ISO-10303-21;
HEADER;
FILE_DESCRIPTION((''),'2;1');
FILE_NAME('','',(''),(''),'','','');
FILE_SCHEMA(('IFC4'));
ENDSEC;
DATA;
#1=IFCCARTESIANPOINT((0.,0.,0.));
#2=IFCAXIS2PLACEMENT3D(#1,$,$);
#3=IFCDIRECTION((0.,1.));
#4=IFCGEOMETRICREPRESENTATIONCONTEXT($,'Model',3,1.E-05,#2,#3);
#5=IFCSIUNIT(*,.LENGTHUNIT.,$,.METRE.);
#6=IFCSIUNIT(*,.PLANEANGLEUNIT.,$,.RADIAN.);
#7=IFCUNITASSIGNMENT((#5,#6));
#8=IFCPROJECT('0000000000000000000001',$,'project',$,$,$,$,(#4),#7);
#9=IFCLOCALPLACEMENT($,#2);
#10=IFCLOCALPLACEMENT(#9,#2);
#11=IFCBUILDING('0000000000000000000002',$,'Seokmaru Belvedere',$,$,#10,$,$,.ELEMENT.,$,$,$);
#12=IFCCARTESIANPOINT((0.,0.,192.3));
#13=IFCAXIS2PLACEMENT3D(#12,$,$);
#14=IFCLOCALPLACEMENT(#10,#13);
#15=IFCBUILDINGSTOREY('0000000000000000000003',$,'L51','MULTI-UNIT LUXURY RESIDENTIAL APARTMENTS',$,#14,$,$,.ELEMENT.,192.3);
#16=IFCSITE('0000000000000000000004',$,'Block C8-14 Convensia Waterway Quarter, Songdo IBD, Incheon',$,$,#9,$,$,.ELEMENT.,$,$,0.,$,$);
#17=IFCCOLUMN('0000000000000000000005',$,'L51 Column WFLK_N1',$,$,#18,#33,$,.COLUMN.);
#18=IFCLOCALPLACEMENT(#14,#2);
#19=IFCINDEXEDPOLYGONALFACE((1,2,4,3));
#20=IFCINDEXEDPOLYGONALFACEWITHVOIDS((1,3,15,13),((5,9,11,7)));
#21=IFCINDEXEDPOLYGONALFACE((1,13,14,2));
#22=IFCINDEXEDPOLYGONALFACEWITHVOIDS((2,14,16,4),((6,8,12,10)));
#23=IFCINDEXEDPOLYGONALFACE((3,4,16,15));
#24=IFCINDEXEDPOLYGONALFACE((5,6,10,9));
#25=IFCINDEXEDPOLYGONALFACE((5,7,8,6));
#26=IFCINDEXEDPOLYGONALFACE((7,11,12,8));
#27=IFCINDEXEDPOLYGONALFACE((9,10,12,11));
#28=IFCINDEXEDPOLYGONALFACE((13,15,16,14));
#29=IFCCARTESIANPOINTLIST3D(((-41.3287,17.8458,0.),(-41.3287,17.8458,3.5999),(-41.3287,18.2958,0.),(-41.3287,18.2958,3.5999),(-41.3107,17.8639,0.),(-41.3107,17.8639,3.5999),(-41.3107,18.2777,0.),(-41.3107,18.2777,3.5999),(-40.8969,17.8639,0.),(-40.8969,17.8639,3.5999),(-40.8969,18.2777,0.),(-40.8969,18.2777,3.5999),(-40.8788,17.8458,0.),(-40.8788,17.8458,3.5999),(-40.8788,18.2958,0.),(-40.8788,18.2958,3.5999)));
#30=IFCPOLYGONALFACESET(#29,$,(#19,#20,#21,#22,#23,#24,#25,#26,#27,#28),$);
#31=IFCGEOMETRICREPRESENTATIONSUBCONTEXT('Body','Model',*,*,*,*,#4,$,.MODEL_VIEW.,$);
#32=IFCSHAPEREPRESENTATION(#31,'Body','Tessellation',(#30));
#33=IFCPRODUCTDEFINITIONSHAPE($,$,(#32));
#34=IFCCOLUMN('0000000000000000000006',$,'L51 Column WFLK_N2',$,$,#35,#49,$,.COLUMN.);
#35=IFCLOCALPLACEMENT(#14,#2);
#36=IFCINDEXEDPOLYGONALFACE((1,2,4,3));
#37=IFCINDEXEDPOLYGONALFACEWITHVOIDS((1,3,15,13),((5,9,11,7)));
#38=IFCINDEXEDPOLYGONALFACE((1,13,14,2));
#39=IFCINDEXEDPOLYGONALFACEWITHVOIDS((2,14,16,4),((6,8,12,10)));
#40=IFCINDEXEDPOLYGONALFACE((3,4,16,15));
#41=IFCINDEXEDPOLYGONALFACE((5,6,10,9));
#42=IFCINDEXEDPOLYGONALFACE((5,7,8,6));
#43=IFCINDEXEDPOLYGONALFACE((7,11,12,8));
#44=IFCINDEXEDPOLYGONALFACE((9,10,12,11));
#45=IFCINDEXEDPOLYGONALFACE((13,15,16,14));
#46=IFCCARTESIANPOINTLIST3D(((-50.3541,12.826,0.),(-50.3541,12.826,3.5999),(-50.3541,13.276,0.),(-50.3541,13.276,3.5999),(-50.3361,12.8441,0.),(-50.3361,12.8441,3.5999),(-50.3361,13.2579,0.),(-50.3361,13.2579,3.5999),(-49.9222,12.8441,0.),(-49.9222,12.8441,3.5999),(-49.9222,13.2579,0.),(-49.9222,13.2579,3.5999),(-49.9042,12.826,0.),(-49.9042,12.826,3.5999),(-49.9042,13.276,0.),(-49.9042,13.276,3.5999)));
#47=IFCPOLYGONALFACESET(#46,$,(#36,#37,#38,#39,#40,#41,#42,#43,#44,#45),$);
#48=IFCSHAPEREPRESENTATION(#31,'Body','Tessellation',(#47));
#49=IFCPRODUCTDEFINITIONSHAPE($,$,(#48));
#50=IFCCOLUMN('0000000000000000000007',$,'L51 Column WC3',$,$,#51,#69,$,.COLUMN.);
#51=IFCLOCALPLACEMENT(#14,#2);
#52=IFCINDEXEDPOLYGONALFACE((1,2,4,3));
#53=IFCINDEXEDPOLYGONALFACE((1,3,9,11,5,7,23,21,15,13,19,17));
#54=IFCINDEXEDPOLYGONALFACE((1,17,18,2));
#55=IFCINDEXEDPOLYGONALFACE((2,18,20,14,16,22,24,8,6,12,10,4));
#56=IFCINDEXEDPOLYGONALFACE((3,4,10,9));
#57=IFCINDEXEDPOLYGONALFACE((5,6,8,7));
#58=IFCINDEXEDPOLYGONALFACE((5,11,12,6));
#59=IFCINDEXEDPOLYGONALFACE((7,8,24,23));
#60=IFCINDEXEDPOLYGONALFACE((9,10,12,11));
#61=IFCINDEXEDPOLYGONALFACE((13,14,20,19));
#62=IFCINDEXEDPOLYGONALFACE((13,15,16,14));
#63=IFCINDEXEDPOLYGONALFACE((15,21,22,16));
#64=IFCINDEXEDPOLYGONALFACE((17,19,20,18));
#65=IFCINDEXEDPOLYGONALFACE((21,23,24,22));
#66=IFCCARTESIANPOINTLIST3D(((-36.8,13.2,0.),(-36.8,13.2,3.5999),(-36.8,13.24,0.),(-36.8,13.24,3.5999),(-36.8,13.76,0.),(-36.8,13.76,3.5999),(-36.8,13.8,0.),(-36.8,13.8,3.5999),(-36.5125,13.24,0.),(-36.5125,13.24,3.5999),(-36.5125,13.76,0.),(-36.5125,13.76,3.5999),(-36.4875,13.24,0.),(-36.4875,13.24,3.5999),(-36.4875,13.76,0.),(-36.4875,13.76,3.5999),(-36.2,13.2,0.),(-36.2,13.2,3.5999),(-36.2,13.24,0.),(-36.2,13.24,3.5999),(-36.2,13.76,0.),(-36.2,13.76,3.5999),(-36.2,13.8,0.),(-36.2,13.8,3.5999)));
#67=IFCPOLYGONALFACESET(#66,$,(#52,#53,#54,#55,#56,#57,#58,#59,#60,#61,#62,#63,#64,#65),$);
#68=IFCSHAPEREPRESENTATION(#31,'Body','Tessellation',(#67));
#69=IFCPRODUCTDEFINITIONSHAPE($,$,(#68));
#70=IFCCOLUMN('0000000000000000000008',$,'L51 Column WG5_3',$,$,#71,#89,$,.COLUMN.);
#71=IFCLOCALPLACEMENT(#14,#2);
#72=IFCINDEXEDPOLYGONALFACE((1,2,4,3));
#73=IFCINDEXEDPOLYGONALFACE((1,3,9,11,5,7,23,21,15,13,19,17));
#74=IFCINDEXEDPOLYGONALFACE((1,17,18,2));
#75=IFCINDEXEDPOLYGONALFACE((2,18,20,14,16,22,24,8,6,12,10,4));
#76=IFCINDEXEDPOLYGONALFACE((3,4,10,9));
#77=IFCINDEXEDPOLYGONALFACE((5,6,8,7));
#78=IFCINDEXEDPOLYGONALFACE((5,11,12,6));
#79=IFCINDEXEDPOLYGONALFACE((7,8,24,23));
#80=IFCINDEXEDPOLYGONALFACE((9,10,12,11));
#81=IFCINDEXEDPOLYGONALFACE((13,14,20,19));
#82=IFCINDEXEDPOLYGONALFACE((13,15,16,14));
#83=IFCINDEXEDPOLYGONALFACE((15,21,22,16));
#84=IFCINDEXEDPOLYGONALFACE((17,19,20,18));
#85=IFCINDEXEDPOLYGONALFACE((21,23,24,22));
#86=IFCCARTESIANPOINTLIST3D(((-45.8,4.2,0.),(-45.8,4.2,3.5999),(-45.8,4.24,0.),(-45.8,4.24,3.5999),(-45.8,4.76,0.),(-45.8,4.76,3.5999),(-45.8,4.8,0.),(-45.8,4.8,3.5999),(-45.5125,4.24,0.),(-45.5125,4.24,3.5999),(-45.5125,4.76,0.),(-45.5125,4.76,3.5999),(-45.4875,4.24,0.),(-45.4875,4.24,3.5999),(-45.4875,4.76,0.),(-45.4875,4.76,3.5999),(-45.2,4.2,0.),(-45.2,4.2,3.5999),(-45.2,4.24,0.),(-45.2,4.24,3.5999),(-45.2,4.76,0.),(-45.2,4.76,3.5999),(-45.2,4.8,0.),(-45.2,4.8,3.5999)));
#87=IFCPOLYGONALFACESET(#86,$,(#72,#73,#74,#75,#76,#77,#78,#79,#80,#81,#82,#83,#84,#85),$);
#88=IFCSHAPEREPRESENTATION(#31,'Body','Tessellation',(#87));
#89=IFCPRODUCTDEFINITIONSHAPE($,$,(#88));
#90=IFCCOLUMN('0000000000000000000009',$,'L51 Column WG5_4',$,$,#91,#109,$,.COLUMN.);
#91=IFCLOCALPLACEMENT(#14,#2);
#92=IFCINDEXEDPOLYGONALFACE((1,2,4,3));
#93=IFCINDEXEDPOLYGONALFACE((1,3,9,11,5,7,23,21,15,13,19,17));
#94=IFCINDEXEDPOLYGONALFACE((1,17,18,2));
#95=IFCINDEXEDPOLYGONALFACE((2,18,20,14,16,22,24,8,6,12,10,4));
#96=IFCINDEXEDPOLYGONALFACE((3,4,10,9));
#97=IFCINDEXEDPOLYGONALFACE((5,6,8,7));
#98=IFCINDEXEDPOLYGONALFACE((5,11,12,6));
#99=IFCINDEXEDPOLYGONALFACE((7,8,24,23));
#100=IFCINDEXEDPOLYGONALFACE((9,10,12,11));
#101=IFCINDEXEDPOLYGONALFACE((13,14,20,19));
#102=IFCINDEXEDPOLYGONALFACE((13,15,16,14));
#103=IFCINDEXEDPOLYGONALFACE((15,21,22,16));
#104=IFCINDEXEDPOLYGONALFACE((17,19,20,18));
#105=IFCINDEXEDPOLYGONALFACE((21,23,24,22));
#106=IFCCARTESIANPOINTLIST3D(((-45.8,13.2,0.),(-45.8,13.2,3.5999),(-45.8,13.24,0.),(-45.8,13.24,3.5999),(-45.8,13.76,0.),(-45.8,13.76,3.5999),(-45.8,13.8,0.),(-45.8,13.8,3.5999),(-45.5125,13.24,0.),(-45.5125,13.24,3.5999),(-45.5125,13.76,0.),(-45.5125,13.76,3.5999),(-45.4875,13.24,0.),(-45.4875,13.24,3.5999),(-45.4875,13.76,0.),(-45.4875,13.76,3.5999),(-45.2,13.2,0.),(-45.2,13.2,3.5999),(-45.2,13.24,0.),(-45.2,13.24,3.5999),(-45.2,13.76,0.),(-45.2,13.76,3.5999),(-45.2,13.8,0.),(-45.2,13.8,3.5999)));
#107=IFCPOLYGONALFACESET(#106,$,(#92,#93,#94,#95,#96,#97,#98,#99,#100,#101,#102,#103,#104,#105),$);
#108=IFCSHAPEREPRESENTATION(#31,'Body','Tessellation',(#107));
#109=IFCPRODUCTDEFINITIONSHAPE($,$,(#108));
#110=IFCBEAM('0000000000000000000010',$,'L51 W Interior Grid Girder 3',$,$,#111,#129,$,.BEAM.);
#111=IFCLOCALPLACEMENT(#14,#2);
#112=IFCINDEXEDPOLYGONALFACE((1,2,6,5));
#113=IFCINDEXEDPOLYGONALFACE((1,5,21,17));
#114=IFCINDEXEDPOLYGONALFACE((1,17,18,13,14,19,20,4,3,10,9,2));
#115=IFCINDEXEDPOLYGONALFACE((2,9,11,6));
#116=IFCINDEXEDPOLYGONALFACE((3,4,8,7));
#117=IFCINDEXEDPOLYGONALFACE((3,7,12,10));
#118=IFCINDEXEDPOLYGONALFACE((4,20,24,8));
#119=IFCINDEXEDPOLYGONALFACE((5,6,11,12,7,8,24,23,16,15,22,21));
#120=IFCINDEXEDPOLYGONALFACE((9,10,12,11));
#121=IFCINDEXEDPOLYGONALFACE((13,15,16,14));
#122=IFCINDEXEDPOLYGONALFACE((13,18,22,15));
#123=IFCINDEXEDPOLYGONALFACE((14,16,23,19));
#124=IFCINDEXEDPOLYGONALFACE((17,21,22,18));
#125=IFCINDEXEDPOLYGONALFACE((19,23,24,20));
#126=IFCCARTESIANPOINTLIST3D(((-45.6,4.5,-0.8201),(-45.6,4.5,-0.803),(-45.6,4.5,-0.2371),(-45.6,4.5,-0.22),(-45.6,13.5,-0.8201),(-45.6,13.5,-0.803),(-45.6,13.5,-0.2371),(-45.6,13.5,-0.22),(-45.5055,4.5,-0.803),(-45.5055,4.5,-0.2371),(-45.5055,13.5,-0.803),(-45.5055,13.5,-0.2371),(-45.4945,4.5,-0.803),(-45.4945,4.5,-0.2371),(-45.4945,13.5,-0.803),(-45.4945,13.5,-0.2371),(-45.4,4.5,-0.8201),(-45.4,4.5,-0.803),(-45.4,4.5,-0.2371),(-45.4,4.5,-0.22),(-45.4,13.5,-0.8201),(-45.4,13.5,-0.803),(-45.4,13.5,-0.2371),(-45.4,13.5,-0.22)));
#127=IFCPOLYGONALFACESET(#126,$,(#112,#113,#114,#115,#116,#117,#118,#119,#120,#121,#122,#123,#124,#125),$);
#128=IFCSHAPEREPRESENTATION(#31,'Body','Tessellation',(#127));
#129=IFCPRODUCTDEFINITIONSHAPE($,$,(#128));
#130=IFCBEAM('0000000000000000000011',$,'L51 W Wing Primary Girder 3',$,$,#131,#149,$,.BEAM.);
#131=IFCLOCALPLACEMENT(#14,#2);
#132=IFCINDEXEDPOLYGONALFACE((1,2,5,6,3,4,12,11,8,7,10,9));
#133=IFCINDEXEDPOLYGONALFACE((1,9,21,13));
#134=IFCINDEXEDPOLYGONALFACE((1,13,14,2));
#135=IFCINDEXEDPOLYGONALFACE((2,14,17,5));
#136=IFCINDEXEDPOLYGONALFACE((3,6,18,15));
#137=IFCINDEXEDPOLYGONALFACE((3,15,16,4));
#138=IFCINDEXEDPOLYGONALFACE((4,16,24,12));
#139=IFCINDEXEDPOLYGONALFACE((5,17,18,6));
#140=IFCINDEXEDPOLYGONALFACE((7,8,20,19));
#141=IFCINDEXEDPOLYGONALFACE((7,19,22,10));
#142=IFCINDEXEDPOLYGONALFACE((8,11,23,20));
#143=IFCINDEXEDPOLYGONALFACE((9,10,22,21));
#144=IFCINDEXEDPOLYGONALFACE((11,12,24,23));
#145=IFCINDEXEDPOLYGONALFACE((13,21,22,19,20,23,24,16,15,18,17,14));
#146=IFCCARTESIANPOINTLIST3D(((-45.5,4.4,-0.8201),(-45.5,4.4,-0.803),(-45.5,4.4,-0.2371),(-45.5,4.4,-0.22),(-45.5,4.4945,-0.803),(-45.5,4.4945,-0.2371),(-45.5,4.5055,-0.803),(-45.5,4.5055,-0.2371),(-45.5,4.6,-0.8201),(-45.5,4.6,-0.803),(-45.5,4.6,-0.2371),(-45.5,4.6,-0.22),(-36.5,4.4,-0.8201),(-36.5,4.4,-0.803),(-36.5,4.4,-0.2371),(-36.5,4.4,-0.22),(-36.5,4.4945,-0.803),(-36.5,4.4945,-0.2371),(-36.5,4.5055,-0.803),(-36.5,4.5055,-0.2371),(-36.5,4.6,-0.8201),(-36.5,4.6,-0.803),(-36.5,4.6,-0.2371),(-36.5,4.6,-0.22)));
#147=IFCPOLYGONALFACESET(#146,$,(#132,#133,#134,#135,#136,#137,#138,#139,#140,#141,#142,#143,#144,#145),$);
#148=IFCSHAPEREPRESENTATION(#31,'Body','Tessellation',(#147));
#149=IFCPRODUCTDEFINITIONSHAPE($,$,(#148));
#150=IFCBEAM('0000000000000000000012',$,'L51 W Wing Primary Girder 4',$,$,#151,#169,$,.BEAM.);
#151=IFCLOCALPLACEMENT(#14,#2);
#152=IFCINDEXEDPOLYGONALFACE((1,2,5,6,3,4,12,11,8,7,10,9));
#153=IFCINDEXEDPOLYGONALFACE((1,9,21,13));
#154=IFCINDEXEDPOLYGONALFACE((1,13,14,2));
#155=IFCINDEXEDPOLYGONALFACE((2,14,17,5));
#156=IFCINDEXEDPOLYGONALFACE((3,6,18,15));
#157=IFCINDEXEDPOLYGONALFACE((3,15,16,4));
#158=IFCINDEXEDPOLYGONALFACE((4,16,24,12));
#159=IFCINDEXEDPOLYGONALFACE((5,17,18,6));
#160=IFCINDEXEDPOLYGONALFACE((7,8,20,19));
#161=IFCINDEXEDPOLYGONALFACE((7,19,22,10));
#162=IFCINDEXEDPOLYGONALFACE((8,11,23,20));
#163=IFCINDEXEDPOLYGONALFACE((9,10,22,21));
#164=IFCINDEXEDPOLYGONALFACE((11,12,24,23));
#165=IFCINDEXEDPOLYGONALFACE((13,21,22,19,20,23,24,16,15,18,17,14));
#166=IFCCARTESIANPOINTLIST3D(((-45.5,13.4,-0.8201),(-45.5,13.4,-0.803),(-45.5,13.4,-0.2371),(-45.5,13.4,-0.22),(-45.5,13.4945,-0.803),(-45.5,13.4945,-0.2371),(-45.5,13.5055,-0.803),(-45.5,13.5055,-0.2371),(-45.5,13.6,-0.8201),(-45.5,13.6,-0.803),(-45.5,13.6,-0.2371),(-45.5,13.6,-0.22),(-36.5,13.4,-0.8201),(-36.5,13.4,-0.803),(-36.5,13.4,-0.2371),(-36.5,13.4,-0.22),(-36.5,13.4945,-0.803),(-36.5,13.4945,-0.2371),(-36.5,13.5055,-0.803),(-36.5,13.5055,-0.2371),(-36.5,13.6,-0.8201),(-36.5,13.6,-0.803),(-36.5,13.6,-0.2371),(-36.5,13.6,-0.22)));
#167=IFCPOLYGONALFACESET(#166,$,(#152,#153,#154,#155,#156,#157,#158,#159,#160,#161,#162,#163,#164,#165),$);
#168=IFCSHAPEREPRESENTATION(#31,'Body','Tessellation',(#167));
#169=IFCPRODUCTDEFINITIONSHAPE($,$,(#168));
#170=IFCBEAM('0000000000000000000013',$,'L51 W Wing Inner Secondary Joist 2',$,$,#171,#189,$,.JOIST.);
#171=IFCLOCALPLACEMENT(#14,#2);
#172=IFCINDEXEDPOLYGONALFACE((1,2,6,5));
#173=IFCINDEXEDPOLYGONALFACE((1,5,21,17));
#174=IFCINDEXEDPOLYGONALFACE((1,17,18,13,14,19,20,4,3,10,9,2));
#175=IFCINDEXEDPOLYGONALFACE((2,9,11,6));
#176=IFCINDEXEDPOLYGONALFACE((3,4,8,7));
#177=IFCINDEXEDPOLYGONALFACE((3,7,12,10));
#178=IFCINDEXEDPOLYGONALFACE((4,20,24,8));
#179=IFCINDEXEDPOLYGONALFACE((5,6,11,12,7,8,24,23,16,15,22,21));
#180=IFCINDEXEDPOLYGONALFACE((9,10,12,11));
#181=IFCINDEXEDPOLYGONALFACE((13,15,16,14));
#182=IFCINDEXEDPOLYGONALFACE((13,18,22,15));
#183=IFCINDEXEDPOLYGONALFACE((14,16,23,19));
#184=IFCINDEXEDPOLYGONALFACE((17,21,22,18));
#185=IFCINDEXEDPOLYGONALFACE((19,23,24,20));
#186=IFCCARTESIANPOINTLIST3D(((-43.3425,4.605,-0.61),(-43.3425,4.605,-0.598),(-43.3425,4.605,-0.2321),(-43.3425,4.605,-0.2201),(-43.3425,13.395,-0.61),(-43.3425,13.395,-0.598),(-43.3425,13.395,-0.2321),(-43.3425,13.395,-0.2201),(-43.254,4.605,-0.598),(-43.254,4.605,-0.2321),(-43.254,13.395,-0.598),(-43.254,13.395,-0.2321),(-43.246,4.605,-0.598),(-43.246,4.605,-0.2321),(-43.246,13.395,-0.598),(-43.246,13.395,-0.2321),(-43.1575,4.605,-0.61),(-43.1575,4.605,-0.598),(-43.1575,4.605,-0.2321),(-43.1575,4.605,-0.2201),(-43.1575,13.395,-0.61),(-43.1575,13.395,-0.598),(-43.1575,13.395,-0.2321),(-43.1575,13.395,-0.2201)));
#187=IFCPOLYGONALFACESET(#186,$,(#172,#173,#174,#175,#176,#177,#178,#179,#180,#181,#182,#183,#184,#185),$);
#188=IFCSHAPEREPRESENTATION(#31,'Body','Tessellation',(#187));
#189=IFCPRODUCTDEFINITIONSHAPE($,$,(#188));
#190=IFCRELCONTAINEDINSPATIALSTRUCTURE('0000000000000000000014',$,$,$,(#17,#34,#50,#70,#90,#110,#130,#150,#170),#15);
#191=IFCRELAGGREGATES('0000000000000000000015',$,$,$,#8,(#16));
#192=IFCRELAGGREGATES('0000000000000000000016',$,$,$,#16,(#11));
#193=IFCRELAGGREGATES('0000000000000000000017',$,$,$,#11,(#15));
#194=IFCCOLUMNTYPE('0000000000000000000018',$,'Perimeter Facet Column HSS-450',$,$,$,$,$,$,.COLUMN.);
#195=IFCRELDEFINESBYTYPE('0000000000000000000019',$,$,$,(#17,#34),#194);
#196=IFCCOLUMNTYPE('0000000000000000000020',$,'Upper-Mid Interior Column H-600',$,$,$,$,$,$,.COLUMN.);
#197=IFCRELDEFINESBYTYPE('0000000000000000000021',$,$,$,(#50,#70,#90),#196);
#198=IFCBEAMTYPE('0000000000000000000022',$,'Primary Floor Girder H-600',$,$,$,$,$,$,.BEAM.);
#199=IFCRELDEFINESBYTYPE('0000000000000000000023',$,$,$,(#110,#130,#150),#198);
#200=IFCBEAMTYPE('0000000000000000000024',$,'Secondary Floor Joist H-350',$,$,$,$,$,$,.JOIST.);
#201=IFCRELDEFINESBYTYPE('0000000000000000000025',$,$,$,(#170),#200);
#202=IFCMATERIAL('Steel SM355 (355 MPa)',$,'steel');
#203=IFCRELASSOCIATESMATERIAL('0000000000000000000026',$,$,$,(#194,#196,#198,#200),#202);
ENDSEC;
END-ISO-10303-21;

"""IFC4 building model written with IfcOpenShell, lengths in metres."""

from ifc_helpers import new_model, si_unit, direction, frame, origin, origin_2d, place, context, subcontext, project, spatial, hollow_rectangle, i_section, extrude, source, transform, mapped, material, material_profile, profile_set, type_object, type_shapes, element, save


model = new_model("IFC4")

# Units and contexts
model_context = context("Model", 3, precision=1e-05, world=origin(), true_north=direction((0.0, 1.0)))
body_context = subcontext(model_context, "Body", "Model", "MODEL_VIEW")
ifc_project = project(units=[si_unit("LENGTHUNIT", "METRE"), si_unit("PLANEANGLEUNIT", "RADIAN")], contexts=[model_context])

# Site, building, storey
site_placement = place(None, origin())
site = spatial("IfcSite", under=ifc_project, at=site_placement, Name="Block C8-14 Convensia Waterway Quarter, Songdo IBD, Incheon", CompositionType="ELEMENT", RefElevation=0.0)
building_placement = place(site_placement, origin())
building = spatial("IfcBuilding", under=site, at=building_placement, Name="Seokmaru Belvedere", CompositionType="ELEMENT")
storey_placement = place(building_placement, frame((0.0, 0.0, 192.3)))
storey = spatial("IfcBuildingStorey", under=building, at=storey_placement, Name="L51", Description="MULTI-UNIT LUXURY RESIDENTIAL APARTMENTS", CompositionType="ELEMENT", Elevation=192.3)

# Columns
ifc_material_1 = material(Name="Steel SM355 (355 MPa)", Category="steel")
ifc_material_profile_1 = material_profile(ifc_material_1, hollow_rectangle(XDim=0.45, YDim=0.45, WallThickness=0.0181, at=origin_2d()), Name="HSS-450x450x18")
ifc_profile_set_1 = profile_set([ifc_material_profile_1], Name="Steel SM355 (355 MPa)")
column_type_1 = type_object("IfcColumnType", Name="Perimeter Facet Column HSS-450", PredefinedType="COLUMN", material=ifc_profile_set_1)
shared_shape_1 = source(origin(), body_context, "Body", "SweptSolid", [
    extrude(hollow_rectangle(XDim=0.45, YDim=0.45, WallThickness=0.0181, at=origin_2d()), origin(), (0.0, 0.0, 1.0), 3.5999),
])
type_shapes(column_type_1, [shared_shape_1])
for number, where, z_axis, x_axis, name in (
    (1, (-41.1038, 18.0708, 0.0), (0.0, 0.0, 1.0), (1.0, 0.0, 0.0), "L51 Column WFLK_N1"),
    (2, (-50.1292, 13.051, 0.0), (0.0, 0.0, 1.0), (1.0, 0.0, 0.0), "L51 Column WFLK_N2"),
):
    element("IfcColumn", number, at=place(storey_placement, frame(where, z_axis=z_axis, x_axis=x_axis)), inside=storey, type_object=column_type_1, Name=name, PredefinedType="COLUMN", context=body_context, shape_type="MappedRepresentation", body=[
        mapped(shared_shape_1, transform((0.0, 0.0, 0.0), scale=1.0)),
    ])
ifc_material_profile_2 = material_profile(ifc_material_1, i_section(OverallWidth=0.6001, OverallDepth=0.6001, WebThickness=0.0249, FlangeThickness=0.04, at=origin_2d()), Name="H-600x600x25x40")
ifc_profile_set_2 = profile_set([ifc_material_profile_2], Name="Steel SM355 (355 MPa)")
column_type_2 = type_object("IfcColumnType", Name="Upper-Mid Interior Column H-600", PredefinedType="COLUMN", material=ifc_profile_set_2)
shared_shape_2 = source(origin(), body_context, "Body", "SweptSolid", [
    extrude(i_section(OverallWidth=0.6001, OverallDepth=0.6001, WebThickness=0.0249, FlangeThickness=0.04, at=origin_2d()), origin(), (0.0, 0.0, 1.0), 3.5999),
])
type_shapes(column_type_2, [shared_shape_2])
for number, where, z_axis, x_axis, name in (
    (3, (-36.5, 13.5, 0.0), (0.0, 0.0, 1.0), (1.0, 0.0, 0.0), "L51 Column WC3"),
    (4, (-45.5, 4.5, 0.0), (0.0, 0.0, 1.0), (1.0, 0.0, 0.0), "L51 Column WG5_3"),
    (5, (-45.5, 13.5, 0.0), (0.0, 0.0, 1.0), (1.0, 0.0, 0.0), "L51 Column WG5_4"),
):
    element("IfcColumn", number, at=place(storey_placement, frame(where, z_axis=z_axis, x_axis=x_axis)), inside=storey, type_object=column_type_2, Name=name, PredefinedType="COLUMN", context=body_context, shape_type="MappedRepresentation", body=[
        mapped(shared_shape_2, transform((0.0, 0.0, 0.0), scale=1.0)),
    ])

# Beams
ifc_material_profile_3 = material_profile(ifc_material_1, i_section(OverallWidth=0.2, OverallDepth=0.6001, WebThickness=0.011, FlangeThickness=0.0171, at=origin_2d()), Name="H-600x200x11x17")
ifc_profile_set_3 = profile_set([ifc_material_profile_3], Name="Steel SM355 (355 MPa)")
beam_type_1 = type_object("IfcBeamType", Name="Primary Floor Girder H-600", PredefinedType="BEAM", material=ifc_profile_set_3)
shared_shape_3 = source(origin(), body_context, "Body", "SweptSolid", [
    extrude(i_section(OverallWidth=0.2, OverallDepth=0.6001, WebThickness=0.011, FlangeThickness=0.0171, at=origin_2d()), origin(), (0.0, 0.0, 1.0), 9.0),
])
for number, where, z_axis, x_axis, name in (
    (6, (-45.5, 4.5, -0.52), (0.0, 1.0, 0.0), (-1.0, 0.0, 0.0), "L51 W Interior Grid Girder 3"),
    (7, (-45.5, 4.5, -0.52), (1.0, 0.0, 0.0), (0.0, 1.0, 0.0), "L51 W Wing Primary Girder 3"),
    (8, (-45.5, 13.5, -0.52), (1.0, 0.0, 0.0), (0.0, 1.0, 0.0), "L51 W Wing Primary Girder 4"),
):
    element("IfcBeam", number, at=place(storey_placement, frame(where, z_axis=z_axis, x_axis=x_axis)), inside=storey, type_object=beam_type_1, Name=name, PredefinedType="BEAM", context=body_context, shape_type="MappedRepresentation", body=[
        mapped(shared_shape_3, transform((0.0, 0.0, 0.0), scale=1.0)),
    ])
ifc_material_profile_4 = material_profile(ifc_material_1, i_section(OverallWidth=0.1851, OverallDepth=0.3899, WebThickness=0.0081, FlangeThickness=0.012, at=origin_2d()), Name="H-390x185x8x12")
ifc_profile_set_4 = profile_set([ifc_material_profile_4], Name="Steel SM355 (355 MPa)")
beam_type_2 = type_object("IfcBeamType", Name="Secondary Floor Joist H-350", PredefinedType="JOIST", material=ifc_profile_set_4)
shared_shape_4 = source(origin(), body_context, "Body", "SweptSolid", [
    extrude(i_section(OverallWidth=0.1851, OverallDepth=0.3899, WebThickness=0.0081, FlangeThickness=0.012, at=origin_2d()), origin(), (0.0, 0.0, 1.0), 8.79),
])
type_shapes(beam_type_2, [shared_shape_4])
for number, where, z_axis, x_axis, name in (
    (9, (-43.25, 4.605, -0.415), (0.0, 1.0, 0.0), (-1.0, 0.0, 0.0), "L51 W Wing Inner Secondary Joist 2"),
):
    element("IfcBeam", number, at=place(storey_placement, frame(where, z_axis=z_axis, x_axis=x_axis)), inside=storey, type_object=beam_type_2, Name=name, PredefinedType="JOIST", context=body_context, shape_type="MappedRepresentation", body=[
        mapped(shared_shape_4, transform((0.0, 0.0, 0.0), scale=1.0)),
    ])

save(model, "model.ifc")
